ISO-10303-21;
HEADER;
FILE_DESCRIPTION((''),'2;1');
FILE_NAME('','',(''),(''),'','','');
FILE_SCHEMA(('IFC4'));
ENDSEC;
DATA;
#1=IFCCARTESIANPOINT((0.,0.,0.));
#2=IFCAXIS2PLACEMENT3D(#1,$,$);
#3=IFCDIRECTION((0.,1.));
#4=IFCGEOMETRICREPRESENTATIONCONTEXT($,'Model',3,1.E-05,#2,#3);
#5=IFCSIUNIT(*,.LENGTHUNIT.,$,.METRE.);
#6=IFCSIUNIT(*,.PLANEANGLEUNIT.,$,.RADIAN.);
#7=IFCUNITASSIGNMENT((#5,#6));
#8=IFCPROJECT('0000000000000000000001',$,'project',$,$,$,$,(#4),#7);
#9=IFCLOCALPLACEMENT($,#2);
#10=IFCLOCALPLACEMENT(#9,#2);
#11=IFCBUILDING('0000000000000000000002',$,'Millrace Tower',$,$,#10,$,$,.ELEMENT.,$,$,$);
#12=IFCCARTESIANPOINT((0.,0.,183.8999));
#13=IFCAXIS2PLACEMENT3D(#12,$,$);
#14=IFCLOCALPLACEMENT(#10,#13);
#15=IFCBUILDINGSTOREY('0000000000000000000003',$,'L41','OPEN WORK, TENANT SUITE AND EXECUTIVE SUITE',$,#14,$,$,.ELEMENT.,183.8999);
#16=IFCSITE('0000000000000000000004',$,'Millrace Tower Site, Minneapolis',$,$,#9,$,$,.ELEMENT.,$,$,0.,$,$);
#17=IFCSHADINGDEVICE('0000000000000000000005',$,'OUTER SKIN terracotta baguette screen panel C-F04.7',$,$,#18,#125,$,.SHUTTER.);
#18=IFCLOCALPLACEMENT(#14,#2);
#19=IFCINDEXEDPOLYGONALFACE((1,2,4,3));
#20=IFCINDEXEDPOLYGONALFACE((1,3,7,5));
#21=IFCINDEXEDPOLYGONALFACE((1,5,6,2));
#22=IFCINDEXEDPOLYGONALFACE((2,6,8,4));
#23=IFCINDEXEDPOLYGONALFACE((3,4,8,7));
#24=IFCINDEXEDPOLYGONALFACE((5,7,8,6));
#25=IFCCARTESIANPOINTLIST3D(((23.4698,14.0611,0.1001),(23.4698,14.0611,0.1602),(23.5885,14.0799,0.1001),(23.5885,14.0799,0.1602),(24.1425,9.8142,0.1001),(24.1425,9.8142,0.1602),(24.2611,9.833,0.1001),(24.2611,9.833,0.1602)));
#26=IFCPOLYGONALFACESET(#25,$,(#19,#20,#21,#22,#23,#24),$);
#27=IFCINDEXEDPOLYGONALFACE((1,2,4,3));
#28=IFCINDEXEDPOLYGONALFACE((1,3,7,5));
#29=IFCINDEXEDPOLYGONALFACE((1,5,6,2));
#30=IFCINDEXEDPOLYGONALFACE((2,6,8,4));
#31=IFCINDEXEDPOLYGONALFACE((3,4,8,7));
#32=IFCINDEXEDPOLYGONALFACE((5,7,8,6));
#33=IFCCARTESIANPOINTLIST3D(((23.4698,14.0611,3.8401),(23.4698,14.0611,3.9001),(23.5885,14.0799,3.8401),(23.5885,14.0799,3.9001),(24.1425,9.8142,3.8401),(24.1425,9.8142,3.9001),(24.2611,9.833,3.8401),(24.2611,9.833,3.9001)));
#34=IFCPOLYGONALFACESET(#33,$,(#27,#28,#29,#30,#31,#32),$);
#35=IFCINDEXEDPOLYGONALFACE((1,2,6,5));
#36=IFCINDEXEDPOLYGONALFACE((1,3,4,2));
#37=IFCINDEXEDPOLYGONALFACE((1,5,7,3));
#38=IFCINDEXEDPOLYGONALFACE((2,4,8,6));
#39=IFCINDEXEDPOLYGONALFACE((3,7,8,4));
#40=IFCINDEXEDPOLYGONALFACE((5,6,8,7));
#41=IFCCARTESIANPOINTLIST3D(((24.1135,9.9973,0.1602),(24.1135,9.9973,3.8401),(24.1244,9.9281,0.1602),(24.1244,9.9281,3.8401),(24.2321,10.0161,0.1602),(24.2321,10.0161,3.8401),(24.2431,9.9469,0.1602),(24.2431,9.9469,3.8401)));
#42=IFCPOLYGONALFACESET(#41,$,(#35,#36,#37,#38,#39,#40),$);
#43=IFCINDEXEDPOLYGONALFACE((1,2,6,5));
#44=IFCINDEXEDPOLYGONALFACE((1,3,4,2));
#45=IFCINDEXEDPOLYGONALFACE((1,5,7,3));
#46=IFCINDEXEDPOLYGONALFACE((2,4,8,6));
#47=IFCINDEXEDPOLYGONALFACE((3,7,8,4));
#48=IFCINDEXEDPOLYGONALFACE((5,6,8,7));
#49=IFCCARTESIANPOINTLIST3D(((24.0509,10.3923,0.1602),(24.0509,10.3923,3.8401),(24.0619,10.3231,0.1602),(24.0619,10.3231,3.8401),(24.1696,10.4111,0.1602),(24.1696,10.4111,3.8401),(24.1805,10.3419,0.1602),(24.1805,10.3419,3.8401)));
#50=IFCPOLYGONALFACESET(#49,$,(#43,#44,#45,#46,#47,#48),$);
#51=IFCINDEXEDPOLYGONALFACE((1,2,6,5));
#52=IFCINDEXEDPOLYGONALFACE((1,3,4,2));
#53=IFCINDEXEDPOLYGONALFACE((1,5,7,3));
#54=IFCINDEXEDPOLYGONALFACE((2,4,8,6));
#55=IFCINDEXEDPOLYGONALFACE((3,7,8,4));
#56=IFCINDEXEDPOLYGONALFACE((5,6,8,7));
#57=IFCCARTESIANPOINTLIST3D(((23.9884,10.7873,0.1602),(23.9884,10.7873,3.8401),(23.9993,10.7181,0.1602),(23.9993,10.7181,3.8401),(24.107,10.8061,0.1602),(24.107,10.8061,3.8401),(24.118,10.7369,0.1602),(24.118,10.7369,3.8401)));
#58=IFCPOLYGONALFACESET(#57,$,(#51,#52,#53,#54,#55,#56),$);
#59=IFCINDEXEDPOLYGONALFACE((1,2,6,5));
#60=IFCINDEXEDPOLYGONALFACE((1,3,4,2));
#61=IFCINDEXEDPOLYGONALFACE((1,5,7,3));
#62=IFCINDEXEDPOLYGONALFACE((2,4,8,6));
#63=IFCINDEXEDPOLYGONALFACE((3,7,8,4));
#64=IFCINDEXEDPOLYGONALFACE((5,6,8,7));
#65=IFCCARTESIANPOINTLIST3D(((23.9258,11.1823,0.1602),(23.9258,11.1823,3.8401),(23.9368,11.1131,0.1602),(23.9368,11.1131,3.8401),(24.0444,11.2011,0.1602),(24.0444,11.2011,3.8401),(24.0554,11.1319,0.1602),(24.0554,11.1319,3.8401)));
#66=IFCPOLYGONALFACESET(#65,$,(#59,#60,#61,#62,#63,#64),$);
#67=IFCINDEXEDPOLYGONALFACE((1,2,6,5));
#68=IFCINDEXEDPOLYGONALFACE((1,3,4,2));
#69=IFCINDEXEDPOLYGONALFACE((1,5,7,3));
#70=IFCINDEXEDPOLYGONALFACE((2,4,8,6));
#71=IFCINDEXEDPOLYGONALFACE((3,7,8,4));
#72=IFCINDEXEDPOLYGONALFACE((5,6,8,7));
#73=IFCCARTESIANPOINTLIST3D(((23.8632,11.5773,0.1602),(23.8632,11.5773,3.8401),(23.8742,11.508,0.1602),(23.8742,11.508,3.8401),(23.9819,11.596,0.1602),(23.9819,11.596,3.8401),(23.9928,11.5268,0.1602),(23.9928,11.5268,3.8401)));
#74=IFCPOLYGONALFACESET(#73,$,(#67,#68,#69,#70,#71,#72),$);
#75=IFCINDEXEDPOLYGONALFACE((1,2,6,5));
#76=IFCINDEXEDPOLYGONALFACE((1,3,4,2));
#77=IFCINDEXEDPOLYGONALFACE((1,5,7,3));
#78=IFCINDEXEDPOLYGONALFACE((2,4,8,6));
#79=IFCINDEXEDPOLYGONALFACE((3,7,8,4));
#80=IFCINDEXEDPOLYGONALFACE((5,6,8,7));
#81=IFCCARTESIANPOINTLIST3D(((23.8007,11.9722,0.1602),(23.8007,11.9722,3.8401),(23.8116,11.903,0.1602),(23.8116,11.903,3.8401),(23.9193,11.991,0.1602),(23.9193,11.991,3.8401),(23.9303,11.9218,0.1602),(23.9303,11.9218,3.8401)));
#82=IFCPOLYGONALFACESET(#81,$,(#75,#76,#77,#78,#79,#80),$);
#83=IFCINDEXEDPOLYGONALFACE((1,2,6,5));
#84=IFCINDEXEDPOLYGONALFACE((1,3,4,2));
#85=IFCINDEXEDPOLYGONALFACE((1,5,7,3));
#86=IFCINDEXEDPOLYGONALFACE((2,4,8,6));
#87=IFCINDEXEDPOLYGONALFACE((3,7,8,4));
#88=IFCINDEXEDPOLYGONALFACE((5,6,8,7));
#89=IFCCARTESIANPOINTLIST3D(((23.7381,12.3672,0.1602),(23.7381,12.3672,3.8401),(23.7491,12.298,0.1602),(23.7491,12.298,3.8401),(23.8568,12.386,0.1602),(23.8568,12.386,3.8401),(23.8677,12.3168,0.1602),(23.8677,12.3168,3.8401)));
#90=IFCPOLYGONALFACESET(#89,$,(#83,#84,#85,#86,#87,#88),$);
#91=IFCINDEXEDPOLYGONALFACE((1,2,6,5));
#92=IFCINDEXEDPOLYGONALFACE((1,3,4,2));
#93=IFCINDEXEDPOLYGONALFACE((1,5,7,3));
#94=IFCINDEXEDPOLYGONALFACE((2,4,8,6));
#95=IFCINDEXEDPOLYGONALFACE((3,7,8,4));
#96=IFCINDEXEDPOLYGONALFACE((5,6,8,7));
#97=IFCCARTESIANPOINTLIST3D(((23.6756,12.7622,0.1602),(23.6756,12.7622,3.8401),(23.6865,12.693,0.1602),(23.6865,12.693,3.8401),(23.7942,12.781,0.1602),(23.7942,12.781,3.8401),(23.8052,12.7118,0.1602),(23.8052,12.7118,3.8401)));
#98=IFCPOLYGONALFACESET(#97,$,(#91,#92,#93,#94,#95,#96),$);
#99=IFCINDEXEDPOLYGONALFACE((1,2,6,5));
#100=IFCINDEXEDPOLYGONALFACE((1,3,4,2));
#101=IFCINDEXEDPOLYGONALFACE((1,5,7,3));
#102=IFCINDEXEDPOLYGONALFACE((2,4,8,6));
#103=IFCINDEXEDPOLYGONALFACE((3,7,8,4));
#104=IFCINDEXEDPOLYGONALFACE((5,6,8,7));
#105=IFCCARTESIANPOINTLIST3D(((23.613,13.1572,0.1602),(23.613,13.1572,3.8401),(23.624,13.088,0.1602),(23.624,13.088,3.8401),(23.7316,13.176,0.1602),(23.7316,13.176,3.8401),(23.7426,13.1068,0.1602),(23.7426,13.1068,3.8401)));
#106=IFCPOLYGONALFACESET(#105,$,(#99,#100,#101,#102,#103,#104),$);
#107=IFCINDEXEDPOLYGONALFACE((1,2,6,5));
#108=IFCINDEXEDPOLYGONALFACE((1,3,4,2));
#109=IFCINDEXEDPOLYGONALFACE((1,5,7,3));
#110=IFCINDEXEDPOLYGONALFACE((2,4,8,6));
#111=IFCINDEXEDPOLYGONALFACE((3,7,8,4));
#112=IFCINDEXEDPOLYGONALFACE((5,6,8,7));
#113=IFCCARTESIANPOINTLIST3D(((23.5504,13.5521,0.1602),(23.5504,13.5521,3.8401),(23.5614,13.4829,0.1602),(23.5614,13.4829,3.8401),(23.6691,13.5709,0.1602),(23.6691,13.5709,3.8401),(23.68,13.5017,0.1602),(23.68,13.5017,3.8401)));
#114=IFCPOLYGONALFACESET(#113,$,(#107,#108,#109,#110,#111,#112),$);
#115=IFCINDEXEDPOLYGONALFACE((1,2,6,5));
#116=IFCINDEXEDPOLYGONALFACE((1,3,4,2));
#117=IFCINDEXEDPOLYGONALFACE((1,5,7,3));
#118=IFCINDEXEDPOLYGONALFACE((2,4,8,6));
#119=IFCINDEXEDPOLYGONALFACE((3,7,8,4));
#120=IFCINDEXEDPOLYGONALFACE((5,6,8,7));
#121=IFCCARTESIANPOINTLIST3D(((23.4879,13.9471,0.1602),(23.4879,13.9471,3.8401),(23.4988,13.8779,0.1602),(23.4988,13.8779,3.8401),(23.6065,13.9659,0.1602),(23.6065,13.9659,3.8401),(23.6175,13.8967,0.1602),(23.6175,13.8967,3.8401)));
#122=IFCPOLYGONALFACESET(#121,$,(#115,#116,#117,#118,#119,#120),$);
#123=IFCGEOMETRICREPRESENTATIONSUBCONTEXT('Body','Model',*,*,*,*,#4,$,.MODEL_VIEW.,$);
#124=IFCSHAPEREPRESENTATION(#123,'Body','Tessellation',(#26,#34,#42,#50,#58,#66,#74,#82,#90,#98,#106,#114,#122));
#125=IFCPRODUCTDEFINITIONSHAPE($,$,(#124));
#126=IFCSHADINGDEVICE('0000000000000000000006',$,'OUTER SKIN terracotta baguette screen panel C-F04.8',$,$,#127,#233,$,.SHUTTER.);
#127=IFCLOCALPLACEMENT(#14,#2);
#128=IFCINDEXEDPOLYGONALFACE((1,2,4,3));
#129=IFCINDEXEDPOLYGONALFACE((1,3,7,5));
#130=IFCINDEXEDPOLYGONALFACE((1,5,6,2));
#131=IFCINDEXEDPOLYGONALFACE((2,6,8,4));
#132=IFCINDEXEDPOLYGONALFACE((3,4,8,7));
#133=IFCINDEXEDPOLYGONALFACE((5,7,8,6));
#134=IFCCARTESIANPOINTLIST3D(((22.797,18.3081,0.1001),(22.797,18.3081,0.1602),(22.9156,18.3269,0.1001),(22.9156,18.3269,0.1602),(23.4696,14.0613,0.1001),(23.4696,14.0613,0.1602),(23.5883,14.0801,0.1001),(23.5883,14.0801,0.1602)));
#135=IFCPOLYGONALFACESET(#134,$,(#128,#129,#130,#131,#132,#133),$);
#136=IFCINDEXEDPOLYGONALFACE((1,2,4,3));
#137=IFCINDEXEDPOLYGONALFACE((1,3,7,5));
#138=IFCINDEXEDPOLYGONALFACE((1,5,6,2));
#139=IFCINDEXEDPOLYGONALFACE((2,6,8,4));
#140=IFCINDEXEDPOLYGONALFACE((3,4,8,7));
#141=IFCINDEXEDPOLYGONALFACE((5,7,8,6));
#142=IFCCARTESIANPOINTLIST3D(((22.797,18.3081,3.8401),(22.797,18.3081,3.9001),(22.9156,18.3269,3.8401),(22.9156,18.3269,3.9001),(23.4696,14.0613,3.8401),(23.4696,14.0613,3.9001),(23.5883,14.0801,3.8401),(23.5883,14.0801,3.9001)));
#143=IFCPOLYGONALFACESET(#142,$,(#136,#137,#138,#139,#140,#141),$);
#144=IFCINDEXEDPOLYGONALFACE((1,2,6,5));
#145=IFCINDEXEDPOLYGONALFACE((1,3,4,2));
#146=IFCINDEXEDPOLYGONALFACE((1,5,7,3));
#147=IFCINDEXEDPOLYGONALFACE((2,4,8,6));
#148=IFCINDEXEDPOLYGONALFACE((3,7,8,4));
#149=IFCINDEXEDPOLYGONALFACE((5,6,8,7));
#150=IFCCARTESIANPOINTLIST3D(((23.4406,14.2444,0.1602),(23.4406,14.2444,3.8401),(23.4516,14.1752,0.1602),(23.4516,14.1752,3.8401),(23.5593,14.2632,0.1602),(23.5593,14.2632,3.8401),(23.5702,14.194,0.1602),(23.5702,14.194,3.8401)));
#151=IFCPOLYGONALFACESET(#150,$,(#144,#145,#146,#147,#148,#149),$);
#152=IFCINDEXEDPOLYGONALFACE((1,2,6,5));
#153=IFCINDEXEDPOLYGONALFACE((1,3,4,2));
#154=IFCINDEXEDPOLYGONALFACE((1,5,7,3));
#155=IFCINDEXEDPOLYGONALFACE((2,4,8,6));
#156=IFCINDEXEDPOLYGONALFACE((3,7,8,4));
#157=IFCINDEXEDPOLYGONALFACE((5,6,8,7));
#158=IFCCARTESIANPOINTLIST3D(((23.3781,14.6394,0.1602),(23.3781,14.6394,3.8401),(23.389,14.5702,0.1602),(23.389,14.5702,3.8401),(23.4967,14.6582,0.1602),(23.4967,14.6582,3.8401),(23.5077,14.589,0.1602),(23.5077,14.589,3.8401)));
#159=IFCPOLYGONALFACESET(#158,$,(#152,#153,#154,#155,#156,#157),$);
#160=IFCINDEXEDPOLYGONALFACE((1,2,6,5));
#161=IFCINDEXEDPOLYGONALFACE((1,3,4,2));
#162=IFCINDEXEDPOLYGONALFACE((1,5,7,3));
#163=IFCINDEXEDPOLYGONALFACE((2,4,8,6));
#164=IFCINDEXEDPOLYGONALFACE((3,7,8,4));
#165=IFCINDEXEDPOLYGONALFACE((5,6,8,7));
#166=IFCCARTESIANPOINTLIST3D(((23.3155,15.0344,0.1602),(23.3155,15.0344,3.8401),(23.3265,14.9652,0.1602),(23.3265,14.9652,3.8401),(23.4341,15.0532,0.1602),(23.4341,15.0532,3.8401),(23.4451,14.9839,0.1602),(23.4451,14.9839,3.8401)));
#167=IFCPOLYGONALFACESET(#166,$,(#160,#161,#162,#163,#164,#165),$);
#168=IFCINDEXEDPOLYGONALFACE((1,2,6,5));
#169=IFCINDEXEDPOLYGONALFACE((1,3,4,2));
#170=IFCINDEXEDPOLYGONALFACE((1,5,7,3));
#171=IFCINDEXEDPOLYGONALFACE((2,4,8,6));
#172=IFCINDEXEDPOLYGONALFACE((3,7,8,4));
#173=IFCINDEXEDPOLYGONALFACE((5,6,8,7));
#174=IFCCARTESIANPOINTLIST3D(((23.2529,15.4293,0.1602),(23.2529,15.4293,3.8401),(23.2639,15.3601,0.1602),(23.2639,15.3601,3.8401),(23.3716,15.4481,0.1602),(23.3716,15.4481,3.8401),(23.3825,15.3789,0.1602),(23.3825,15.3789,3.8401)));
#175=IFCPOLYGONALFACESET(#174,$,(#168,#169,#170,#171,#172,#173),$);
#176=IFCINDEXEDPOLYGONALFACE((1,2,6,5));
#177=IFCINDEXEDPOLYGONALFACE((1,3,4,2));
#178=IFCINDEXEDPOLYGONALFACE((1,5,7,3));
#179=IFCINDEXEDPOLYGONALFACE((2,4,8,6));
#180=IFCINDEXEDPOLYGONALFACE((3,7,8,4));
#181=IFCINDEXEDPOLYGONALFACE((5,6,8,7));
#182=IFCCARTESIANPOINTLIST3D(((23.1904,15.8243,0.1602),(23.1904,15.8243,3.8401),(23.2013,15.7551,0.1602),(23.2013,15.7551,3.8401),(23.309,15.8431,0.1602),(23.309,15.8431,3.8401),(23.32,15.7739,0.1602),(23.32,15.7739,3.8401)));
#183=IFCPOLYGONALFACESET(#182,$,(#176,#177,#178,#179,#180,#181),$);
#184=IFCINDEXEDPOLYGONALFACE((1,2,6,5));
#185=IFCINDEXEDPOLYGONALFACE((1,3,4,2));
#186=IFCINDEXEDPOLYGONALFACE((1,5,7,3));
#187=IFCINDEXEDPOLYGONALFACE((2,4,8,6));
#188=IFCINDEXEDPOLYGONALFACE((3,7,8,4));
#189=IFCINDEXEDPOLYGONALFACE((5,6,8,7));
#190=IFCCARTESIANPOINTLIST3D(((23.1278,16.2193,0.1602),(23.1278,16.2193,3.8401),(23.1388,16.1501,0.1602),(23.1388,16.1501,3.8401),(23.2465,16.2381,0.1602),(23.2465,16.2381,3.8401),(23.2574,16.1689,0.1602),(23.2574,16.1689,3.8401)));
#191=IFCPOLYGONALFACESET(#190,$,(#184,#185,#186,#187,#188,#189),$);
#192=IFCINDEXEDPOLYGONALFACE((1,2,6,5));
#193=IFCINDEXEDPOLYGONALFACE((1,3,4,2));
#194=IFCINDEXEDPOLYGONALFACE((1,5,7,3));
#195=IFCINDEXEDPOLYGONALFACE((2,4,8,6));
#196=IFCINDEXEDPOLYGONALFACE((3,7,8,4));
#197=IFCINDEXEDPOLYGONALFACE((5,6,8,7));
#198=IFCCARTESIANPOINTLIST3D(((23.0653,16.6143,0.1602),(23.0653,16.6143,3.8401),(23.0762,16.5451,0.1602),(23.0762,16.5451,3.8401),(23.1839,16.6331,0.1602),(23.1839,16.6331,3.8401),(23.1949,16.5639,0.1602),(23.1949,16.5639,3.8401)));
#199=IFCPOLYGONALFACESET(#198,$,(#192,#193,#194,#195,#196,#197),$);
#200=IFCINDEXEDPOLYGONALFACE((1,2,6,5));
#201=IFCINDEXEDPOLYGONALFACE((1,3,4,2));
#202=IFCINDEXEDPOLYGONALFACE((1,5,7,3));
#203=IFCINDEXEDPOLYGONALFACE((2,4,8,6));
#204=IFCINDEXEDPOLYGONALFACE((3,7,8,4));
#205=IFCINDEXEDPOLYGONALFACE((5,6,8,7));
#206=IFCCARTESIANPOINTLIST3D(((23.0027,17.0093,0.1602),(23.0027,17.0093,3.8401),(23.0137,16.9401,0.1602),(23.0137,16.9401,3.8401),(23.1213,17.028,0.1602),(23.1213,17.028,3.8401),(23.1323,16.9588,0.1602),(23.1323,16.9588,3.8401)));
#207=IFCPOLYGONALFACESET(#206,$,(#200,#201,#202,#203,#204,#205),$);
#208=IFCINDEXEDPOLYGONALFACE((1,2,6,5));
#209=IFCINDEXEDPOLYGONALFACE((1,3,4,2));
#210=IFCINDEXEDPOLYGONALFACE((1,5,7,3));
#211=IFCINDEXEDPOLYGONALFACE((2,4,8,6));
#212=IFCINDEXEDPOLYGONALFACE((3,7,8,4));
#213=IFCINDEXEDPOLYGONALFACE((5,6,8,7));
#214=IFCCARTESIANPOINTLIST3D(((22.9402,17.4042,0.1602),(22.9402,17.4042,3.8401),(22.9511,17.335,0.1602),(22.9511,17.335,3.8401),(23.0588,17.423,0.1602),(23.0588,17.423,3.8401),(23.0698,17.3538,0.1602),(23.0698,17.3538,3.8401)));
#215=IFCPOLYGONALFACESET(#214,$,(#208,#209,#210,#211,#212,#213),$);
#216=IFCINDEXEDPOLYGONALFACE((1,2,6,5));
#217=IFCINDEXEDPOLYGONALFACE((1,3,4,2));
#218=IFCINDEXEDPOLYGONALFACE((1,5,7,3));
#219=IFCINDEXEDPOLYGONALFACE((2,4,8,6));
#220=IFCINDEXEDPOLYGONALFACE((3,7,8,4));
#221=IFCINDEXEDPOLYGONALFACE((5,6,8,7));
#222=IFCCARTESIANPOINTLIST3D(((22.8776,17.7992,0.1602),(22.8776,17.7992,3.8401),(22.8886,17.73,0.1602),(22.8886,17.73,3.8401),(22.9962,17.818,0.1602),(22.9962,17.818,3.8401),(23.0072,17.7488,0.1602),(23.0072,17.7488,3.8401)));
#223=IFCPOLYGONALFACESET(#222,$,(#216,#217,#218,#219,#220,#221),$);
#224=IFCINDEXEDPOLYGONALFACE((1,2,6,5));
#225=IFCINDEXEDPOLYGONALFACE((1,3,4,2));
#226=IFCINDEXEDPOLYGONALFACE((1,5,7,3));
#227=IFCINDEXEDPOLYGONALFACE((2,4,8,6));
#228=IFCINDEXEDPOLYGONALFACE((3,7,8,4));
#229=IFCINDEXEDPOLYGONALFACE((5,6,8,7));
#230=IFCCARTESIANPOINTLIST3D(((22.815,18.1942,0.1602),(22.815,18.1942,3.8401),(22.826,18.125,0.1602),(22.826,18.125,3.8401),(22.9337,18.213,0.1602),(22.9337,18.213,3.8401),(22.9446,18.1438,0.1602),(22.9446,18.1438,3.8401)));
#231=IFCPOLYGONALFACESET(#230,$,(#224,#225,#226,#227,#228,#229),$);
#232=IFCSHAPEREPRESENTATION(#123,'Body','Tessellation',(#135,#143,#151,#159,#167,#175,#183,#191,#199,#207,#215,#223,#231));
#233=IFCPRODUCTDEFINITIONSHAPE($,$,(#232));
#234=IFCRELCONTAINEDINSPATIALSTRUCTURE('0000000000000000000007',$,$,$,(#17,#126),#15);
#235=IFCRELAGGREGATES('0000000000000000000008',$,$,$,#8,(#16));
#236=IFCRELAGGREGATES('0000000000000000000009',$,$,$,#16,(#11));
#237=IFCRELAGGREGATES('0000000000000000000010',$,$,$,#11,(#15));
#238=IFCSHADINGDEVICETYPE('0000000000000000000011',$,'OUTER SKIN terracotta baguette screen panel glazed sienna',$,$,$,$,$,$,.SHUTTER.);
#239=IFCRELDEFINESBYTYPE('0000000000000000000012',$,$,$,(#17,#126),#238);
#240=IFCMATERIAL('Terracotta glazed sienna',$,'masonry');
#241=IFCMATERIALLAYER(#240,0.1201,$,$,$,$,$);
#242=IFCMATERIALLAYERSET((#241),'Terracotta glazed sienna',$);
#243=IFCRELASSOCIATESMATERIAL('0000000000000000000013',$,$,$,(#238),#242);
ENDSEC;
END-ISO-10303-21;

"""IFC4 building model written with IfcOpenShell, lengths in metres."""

from ifc_helpers import new_model, entity, si_unit, direction, frame, frame_2d, origin, origin_2d, place, context, subcontext, project, spatial, rectangle, extrude, source, transform, mapped, material, layer, layer_set, type_object, element, save


model = new_model("IFC4")

# Units and contexts
model_context = context("Model", 3, precision=1e-05, world=origin(), true_north=direction((0.0, 1.0)))
body_context = subcontext(model_context, "Body", "Model", "MODEL_VIEW")
ifc_project = project(units=[si_unit("LENGTHUNIT", "METRE"), si_unit("PLANEANGLEUNIT", "RADIAN")], contexts=[model_context])

# Site, building, storey
site_placement = place(None, origin())
site = spatial("IfcSite", under=ifc_project, at=site_placement, Name="Millrace Tower Site, Minneapolis", CompositionType="ELEMENT", RefElevation=0.0)
building_placement = place(site_placement, origin())
building = spatial("IfcBuilding", under=site, at=building_placement, Name="Millrace Tower", CompositionType="ELEMENT")
storey_placement = place(building_placement, frame((0.0, 0.0, 183.8999)))
storey = spatial("IfcBuildingStorey", under=building, at=storey_placement, Name="L41", Description="OPEN WORK, TENANT SUITE AND EXECUTIVE SUITE", CompositionType="ELEMENT", Elevation=183.8999)

# Shading devices
ifc_material_1 = material(Name="Terracotta glazed sienna", Category="masonry")
ifc_layer_1 = layer(ifc_material_1, 0.1201)
ifc_layer_set_1 = layer_set([ifc_layer_1], Name="Terracotta glazed sienna")
shading_device_type = type_object("IfcShadingDeviceType", Name="OUTER SKIN terracotta baguette screen panel glazed sienna", PredefinedType="SHUTTER", material=ifc_layer_set_1)
cartesian_point_1 = entity("IfcCartesianPoint", [-2.1499, 0.0601])
shared_polyline_1 = entity("IfcPolyline", [cartesian_point_1, entity("IfcCartesianPoint", [2.1499, 0.0601]), entity("IfcCartesianPoint", [2.1499, -0.0601]), entity("IfcCartesianPoint", [-2.1499, -0.0601]), cartesian_point_1])
shared_shape_1 = source(origin(), body_context, "Body", "SweptSolid", [
    entity("IfcExtrudedAreaSolid", entity("IfcArbitraryClosedProfileDef", "AREA", None, shared_polyline_1), entity("IfcAxis2Placement3D", entity("IfcCartesianPoint", [0.0, 0.0, 0.0])), entity("IfcDirection", [0.0, 0.0, 1.0]), 0.0601),
    entity("IfcExtrudedAreaSolid", entity("IfcArbitraryClosedProfileDef", "AREA", None, shared_polyline_1), entity("IfcAxis2Placement3D", entity("IfcCartesianPoint", [0.0, 0.0, 3.74])), entity("IfcDirection", [0.0, 0.0, 1.0]), 0.0601),
    extrude(rectangle(XDim=0.0701, YDim=0.1201, at=frame_2d((-1.9995, 0.0))), frame((0.0, 0.0, 0.0601)), (0.0, 0.0, 1.0), 3.6799),
    extrude(rectangle(XDim=0.0701, YDim=0.1201, at=frame_2d((-1.5996, 0.0))), frame((0.0, 0.0, 0.0601)), (0.0, 0.0, 1.0), 3.6799),
    extrude(rectangle(XDim=0.0701, YDim=0.1201, at=frame_2d((-1.1997, 0.0))), frame((0.0, 0.0, 0.0601)), (0.0, 0.0, 1.0), 3.6799),
    extrude(rectangle(XDim=0.0701, YDim=0.1201, at=frame_2d((-0.7998, 0.0))), frame((0.0, 0.0, 0.0601)), (0.0, 0.0, 1.0), 3.6799),
    extrude(rectangle(XDim=0.0701, YDim=0.1201, at=frame_2d((-0.3999, 0.0))), frame((0.0, 0.0, 0.0601)), (0.0, 0.0, 1.0), 3.6799),
    extrude(rectangle(XDim=0.0701, YDim=0.1201, at=origin_2d()), frame((0.0, 0.0, 0.0601)), (0.0, 0.0, 1.0), 3.6799),
    extrude(rectangle(XDim=0.0701, YDim=0.1201, at=frame_2d((0.3999, 0.0))), frame((0.0, 0.0, 0.0601)), (0.0, 0.0, 1.0), 3.6799),
    extrude(rectangle(XDim=0.0701, YDim=0.1201, at=frame_2d((0.7998, 0.0))), frame((0.0, 0.0, 0.0601)), (0.0, 0.0, 1.0), 3.6799),
    extrude(rectangle(XDim=0.0701, YDim=0.1201, at=frame_2d((1.1997, 0.0))), frame((0.0, 0.0, 0.0601)), (0.0, 0.0, 1.0), 3.6799),
    extrude(rectangle(XDim=0.0701, YDim=0.1201, at=frame_2d((1.5996, 0.0))), frame((0.0, 0.0, 0.0601)), (0.0, 0.0, 1.0), 3.6799),
    extrude(rectangle(XDim=0.0701, YDim=0.1201, at=frame_2d((1.9995, 0.0))), frame((0.0, 0.0, 0.0601)), (0.0, 0.0, 1.0), 3.6799),
])
for number, where, z_axis, x_axis, name in (
    (1, (23.8655, 11.947, 0.1001), (0.0, 0.0, 1.0), (-0.156434, 0.987688, 0.0), "OUTER SKIN terracotta baguette screen panel C-F04.7"),
    (2, (23.1926, 16.1941, 0.1001), (0.0, 0.0, 1.0), (-0.156434, 0.987688, 0.0), "OUTER SKIN terracotta baguette screen panel C-F04.8"),
):
    element("IfcShadingDevice", number, at=place(storey_placement, frame(where, z_axis=z_axis, x_axis=x_axis)), inside=storey, type_object=shading_device_type, Name=name, PredefinedType="SHUTTER", context=body_context, shape_type="MappedRepresentation", body=[
        mapped(shared_shape_1, transform((0.0, 0.0, 0.0), scale=1.0)),
    ])

save(model, "model.ifc")
